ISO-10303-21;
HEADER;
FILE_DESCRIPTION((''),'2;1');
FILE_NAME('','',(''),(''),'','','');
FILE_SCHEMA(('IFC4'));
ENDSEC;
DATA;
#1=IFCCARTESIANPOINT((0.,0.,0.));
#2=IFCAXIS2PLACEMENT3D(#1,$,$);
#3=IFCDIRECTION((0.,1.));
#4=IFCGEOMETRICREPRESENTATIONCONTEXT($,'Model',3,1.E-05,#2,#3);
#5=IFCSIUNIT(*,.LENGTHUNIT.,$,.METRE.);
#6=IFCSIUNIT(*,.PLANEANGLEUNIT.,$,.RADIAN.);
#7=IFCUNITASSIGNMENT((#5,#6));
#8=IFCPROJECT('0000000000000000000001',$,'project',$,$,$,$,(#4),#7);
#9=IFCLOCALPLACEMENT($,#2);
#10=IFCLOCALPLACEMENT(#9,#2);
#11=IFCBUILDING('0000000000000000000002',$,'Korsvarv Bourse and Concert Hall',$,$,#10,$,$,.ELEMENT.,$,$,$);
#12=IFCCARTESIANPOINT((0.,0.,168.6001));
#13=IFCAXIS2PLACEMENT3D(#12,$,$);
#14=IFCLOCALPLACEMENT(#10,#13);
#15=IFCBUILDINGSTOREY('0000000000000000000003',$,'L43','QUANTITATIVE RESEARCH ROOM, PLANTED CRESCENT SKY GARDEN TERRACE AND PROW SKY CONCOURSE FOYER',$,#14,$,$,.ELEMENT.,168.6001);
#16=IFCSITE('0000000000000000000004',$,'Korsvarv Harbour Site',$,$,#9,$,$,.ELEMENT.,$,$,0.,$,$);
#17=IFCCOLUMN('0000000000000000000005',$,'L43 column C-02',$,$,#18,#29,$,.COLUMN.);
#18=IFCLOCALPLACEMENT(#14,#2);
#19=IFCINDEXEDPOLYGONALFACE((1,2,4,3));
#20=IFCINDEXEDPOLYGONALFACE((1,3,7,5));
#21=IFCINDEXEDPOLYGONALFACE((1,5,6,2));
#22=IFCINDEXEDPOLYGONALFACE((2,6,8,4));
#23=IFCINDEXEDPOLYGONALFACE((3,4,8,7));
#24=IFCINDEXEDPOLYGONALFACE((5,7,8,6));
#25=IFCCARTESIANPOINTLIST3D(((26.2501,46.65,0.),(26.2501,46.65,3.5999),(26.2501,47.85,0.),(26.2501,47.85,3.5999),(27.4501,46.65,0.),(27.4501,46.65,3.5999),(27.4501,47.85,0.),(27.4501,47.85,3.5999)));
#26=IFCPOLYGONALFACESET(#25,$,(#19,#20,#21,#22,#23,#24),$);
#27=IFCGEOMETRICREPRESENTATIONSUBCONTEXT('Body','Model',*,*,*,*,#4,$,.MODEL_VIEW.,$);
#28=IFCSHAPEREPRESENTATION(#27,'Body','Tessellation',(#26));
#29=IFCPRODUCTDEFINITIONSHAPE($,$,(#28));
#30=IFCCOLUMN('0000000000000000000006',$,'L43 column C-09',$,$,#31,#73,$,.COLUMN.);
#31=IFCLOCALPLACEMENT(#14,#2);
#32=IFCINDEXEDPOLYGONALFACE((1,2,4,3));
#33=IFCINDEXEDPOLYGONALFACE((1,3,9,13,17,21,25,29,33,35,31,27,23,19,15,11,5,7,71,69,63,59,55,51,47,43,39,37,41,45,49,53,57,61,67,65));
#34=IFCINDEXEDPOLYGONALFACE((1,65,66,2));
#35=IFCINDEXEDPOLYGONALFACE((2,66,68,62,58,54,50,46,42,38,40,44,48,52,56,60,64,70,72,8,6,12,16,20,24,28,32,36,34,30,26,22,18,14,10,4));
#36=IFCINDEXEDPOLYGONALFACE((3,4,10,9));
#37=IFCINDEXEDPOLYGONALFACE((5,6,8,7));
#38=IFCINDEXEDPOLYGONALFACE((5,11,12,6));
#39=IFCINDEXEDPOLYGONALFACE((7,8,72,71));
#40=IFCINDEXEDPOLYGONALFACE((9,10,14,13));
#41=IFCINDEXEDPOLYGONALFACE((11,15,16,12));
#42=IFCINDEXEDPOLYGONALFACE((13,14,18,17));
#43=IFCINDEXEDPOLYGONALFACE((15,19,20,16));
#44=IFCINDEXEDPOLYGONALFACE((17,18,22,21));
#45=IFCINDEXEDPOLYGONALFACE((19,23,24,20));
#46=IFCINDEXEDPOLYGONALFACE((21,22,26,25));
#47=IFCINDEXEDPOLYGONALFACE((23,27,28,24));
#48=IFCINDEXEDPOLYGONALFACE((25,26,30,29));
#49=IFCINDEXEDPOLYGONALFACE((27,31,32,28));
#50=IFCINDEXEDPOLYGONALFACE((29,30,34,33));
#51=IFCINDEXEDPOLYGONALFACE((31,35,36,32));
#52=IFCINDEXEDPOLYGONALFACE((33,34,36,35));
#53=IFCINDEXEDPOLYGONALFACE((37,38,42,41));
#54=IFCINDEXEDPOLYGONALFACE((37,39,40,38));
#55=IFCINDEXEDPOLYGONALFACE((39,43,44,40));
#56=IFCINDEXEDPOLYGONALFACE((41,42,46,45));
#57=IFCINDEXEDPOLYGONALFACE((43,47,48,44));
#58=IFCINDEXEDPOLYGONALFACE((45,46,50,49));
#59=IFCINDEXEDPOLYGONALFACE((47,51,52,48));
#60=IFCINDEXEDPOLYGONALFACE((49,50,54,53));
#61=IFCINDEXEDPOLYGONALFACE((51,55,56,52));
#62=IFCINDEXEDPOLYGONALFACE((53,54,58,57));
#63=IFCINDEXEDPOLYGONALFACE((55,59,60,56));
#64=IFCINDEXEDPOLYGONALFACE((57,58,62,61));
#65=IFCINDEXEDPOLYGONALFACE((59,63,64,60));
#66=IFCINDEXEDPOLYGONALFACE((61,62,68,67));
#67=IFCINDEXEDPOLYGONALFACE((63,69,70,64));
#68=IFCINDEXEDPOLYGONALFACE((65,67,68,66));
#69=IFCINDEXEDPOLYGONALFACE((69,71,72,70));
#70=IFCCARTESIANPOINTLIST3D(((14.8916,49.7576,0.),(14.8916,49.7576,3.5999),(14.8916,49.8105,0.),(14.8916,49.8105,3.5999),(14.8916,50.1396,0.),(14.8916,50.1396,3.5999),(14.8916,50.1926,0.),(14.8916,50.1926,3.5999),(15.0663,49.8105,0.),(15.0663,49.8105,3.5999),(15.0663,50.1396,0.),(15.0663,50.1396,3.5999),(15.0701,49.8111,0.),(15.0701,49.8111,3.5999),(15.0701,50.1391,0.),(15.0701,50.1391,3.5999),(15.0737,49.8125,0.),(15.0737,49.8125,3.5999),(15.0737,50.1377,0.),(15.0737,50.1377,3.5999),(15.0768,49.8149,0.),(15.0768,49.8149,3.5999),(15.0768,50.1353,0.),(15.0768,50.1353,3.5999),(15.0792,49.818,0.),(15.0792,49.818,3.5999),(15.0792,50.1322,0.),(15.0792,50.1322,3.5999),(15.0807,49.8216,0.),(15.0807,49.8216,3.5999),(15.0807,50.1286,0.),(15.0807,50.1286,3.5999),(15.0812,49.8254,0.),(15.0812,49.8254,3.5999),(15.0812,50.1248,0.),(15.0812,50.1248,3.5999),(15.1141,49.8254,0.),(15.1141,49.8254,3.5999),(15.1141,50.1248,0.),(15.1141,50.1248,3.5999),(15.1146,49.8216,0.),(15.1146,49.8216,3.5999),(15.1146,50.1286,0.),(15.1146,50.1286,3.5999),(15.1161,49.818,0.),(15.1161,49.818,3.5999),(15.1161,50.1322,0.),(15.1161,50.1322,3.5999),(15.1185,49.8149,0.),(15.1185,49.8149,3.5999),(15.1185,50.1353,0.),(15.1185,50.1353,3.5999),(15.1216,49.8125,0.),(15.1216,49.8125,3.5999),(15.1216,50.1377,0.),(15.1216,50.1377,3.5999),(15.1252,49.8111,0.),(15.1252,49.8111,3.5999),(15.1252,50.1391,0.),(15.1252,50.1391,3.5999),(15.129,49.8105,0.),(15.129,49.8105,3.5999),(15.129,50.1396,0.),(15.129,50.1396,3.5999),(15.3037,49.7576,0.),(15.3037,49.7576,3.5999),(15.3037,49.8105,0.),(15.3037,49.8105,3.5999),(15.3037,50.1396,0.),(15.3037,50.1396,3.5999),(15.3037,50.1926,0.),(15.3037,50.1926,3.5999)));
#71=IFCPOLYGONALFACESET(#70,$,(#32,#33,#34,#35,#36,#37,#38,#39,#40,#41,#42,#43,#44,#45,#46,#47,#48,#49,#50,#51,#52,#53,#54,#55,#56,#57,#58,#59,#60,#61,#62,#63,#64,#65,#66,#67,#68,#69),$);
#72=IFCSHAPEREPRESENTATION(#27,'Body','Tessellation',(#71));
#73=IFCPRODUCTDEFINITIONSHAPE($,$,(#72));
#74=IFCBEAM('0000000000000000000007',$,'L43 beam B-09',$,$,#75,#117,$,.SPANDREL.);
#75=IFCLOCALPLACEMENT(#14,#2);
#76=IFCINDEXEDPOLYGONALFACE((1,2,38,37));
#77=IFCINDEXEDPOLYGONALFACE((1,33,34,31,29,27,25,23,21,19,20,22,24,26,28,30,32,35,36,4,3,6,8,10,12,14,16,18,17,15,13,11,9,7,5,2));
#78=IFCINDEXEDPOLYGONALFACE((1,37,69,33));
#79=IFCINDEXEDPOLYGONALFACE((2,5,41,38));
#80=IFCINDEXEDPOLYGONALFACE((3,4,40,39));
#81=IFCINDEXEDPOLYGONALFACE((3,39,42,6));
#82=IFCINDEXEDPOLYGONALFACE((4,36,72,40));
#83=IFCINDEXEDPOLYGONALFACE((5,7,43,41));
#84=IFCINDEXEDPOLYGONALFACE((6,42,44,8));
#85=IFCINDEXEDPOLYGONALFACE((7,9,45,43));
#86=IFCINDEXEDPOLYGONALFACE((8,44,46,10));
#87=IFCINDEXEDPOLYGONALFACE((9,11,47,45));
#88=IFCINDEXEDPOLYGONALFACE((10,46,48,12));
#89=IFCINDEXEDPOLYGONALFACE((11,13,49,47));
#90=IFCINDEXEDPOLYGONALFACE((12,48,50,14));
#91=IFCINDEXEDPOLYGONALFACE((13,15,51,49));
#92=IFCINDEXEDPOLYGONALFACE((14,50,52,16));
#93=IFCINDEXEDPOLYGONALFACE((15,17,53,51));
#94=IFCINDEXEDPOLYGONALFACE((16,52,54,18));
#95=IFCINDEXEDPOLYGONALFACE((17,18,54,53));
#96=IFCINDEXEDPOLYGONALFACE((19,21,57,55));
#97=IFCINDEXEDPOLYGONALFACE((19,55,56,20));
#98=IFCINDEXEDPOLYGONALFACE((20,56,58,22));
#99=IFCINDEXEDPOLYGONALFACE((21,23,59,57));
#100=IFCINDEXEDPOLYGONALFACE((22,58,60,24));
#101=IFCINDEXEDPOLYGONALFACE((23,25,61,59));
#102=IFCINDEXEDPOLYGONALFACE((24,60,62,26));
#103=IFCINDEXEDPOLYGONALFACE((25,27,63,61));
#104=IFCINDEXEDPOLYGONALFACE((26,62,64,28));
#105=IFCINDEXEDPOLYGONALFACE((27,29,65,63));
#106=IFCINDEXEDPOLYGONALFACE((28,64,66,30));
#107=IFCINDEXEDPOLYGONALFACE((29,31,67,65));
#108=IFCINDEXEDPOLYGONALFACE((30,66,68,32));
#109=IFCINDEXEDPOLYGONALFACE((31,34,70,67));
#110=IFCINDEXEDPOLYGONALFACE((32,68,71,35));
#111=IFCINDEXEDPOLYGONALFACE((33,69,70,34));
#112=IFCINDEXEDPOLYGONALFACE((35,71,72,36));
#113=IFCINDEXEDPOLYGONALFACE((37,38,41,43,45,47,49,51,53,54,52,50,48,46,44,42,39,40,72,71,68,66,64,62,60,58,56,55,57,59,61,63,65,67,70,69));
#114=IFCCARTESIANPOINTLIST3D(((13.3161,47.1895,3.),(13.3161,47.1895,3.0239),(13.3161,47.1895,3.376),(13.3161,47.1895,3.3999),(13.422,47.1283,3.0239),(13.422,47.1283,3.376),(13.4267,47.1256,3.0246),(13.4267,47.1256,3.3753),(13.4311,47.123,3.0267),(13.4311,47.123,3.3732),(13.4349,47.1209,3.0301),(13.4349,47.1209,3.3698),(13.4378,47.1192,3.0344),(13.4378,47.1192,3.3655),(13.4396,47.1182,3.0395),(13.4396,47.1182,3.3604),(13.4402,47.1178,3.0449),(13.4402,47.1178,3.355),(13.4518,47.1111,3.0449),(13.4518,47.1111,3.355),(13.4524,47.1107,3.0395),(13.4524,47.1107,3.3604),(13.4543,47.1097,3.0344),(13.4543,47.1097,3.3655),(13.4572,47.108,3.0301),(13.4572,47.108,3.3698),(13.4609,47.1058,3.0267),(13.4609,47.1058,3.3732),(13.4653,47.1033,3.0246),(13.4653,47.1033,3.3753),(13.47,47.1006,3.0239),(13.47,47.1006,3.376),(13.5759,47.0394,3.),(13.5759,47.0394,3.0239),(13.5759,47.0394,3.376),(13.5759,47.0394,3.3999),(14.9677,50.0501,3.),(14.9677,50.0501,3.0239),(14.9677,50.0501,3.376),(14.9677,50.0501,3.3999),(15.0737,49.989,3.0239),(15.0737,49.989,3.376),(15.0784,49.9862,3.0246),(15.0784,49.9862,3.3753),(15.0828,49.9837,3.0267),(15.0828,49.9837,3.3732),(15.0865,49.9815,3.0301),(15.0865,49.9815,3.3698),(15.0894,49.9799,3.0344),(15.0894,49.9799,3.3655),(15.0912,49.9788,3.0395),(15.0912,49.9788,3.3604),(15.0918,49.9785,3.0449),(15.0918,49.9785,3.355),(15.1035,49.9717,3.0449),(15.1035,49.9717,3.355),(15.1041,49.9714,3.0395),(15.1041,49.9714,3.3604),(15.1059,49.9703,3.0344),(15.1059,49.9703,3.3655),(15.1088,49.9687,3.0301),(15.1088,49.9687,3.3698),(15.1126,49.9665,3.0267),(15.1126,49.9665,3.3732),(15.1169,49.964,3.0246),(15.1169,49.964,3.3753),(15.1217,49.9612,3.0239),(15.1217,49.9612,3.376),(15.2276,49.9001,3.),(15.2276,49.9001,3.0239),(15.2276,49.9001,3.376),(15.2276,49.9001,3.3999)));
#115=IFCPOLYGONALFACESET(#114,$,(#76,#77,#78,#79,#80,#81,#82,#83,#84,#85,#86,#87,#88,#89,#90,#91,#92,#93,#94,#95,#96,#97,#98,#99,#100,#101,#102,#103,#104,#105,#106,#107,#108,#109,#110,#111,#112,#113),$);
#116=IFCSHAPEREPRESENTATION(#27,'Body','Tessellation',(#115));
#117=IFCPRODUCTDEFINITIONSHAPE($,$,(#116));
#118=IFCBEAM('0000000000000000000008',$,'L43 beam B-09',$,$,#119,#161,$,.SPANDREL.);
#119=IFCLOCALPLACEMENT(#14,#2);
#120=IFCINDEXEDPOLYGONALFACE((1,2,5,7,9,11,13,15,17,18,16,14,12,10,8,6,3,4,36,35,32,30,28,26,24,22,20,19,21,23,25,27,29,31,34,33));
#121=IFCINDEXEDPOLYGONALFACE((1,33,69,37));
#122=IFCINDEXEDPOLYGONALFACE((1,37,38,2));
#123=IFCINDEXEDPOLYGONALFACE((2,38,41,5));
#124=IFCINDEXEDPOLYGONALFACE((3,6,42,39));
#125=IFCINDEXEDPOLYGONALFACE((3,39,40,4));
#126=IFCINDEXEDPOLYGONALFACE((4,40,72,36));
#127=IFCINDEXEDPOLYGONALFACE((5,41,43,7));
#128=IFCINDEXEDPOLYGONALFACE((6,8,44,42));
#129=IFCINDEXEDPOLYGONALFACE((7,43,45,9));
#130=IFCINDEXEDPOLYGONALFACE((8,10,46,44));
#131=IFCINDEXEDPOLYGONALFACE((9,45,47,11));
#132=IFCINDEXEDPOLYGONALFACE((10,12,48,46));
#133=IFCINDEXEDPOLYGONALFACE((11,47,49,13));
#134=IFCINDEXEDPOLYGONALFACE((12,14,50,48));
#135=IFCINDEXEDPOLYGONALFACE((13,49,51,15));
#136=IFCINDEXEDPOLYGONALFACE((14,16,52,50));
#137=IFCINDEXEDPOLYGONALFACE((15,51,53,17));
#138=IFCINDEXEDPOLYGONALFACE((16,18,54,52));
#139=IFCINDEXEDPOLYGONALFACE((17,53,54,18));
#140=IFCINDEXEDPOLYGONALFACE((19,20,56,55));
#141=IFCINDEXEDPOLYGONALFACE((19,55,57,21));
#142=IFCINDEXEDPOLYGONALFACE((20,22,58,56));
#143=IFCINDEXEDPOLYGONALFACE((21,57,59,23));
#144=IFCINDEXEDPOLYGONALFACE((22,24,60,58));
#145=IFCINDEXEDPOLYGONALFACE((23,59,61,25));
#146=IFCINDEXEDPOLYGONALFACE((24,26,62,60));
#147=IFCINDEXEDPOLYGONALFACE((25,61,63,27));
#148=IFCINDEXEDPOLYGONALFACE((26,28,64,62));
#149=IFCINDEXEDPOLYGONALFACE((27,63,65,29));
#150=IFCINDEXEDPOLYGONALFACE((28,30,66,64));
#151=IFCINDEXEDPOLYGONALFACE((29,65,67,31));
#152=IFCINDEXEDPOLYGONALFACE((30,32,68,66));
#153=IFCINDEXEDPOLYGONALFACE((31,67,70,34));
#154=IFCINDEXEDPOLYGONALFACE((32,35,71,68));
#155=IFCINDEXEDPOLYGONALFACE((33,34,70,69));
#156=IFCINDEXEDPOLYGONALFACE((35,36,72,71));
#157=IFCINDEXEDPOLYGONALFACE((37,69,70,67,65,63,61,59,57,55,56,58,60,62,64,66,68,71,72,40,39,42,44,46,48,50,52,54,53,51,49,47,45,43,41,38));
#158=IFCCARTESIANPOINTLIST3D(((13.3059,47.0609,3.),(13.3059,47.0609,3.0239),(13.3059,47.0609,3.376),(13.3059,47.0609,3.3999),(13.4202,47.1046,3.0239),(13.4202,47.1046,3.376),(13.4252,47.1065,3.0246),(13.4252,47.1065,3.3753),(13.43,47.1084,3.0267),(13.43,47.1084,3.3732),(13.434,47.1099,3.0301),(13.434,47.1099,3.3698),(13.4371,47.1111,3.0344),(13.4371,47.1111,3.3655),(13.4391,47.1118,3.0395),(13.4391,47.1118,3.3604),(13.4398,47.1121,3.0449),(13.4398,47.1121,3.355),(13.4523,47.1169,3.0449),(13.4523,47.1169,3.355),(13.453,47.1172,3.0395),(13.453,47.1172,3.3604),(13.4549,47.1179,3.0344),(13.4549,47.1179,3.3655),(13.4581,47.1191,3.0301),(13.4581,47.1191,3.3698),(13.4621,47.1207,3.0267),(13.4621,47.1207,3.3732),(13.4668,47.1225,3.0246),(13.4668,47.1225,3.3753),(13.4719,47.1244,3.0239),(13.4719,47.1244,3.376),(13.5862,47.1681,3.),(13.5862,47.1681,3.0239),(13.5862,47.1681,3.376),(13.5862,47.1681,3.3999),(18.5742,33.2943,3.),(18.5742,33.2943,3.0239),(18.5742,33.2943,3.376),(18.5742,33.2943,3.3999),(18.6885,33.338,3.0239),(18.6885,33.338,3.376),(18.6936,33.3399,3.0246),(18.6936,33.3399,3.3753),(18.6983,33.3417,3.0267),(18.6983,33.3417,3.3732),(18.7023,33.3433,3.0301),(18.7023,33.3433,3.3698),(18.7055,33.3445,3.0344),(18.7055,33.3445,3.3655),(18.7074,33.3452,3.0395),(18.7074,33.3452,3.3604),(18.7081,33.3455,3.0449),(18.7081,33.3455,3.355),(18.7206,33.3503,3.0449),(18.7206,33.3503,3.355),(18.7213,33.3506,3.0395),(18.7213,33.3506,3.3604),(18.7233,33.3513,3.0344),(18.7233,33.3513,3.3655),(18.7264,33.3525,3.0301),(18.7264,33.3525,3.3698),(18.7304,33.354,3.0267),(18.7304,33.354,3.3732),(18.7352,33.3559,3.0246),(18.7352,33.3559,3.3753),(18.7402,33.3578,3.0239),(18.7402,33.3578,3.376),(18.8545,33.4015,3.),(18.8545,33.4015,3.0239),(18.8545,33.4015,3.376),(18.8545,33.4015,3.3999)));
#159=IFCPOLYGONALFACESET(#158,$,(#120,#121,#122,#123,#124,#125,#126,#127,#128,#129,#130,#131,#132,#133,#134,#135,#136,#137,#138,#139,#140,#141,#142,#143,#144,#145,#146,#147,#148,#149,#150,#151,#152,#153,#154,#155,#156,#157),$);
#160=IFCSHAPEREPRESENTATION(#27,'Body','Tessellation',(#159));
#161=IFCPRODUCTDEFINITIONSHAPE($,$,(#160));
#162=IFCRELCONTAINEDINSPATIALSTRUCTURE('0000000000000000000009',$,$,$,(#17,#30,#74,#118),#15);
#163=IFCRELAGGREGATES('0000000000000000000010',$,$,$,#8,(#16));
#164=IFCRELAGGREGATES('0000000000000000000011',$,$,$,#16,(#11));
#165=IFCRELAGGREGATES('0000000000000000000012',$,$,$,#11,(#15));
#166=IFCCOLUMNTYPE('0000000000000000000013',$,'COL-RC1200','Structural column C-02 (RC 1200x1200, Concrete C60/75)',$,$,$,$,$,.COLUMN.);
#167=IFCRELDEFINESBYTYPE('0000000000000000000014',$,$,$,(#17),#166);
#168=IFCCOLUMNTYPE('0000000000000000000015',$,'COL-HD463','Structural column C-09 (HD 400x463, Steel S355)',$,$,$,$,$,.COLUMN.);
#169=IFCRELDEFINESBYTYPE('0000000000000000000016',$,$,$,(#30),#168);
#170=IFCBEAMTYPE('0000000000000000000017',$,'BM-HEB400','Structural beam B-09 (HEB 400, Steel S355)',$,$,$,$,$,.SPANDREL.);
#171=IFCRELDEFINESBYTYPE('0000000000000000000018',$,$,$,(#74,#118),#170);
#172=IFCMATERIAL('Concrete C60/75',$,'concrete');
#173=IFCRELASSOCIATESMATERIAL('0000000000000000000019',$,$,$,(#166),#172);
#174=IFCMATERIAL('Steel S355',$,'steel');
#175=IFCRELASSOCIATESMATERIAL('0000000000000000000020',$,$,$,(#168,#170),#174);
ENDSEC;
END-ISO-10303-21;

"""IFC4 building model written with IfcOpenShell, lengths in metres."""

from ifc_helpers import new_model, si_unit, direction, frame, origin, origin_2d, place, context, subcontext, project, spatial, rectangle, i_section, extrude, source, transform, mapped, material, material_profile, profile_set, type_object, element, save


model = new_model("IFC4")

# Units and contexts
model_context = context("Model", 3, precision=1e-05, world=origin(), true_north=direction((0.0, 1.0)))
body_context = subcontext(model_context, "Body", "Model", "MODEL_VIEW")
ifc_project = project(units=[si_unit("LENGTHUNIT", "METRE"), si_unit("PLANEANGLEUNIT", "RADIAN")], contexts=[model_context])

# Site, building, storey
site_placement = place(None, origin())
site = spatial("IfcSite", under=ifc_project, at=site_placement, Name="Korsvarv Harbour Site", CompositionType="ELEMENT", RefElevation=0.0)
building_placement = place(site_placement, origin())
building = spatial("IfcBuilding", under=site, at=building_placement, Name="Korsvarv Bourse and Concert Hall", CompositionType="ELEMENT")
storey_placement = place(building_placement, frame((0.0, 0.0, 168.6001)))
storey = spatial("IfcBuildingStorey", under=building, at=storey_placement, Name="L43", Description="QUANTITATIVE RESEARCH ROOM, PLANTED CRESCENT SKY GARDEN TERRACE AND PROW SKY CONCOURSE FOYER", CompositionType="ELEMENT", Elevation=168.6001)

# Columns
ifc_material_1 = material(Name="Concrete C60/75", Category="concrete")
ifc_material_profile_1 = material_profile(ifc_material_1, rectangle(XDim=1.2, YDim=1.2, at=origin_2d()), Name="RC 1200x1200")
ifc_profile_set_1 = profile_set([ifc_material_profile_1], Name="Concrete C60/75")
column_type_1 = type_object("IfcColumnType", Name="COL-RC1200", Description="Structural column C-02 (RC 1200x1200, Concrete C60/75)", PredefinedType="COLUMN", material=ifc_profile_set_1)
shared_shape_1 = source(origin(), body_context, "Body", "SweptSolid", [
    extrude(rectangle(XDim=1.2, YDim=1.2, at=origin_2d()), origin(), (0.0, 0.0, 1.0), 3.5999),
])
column_1_placement = place(storey_placement, frame((26.8501, 47.25, 0.0), z_axis=(0.0, 0.0, 1.0), x_axis=(1.0, 0.0, 0.0)))
element("IfcColumn", 1, at=column_1_placement, inside=storey, type_object=column_type_1, Name="L43 column C-02", PredefinedType="COLUMN", context=body_context, shape_type="MappedRepresentation", body=[
    mapped(shared_shape_1, transform((0.0, 0.0, 0.0), scale=1.0)),
])
ifc_material_2 = material(Name="Steel S355", Category="steel")
ifc_material_profile_2 = material_profile(ifc_material_2, i_section(OverallWidth=0.4121, OverallDepth=0.4351, WebThickness=0.033, FlangeThickness=0.053, FilletRadius=0.0149, at=origin_2d()), Name="HD 400x463")
ifc_profile_set_2 = profile_set([ifc_material_profile_2], Name="Steel S355")
column_type_2 = type_object("IfcColumnType", Name="COL-HD463", Description="Structural column C-09 (HD 400x463, Steel S355)", PredefinedType="COLUMN", material=ifc_profile_set_2)
shared_shape_2 = source(origin(), body_context, "Body", "SweptSolid", [
    extrude(i_section(OverallWidth=0.4121, OverallDepth=0.4351, WebThickness=0.033, FlangeThickness=0.053, FilletRadius=0.0149, at=origin_2d()), origin(), (0.0, 0.0, 1.0), 3.5999),
])
column_2_placement = place(storey_placement, frame((15.0977, 49.9751, 0.0), z_axis=(0.0, 0.0, 1.0), x_axis=(1.0, 0.0, 0.0)))
element("IfcColumn", 2, at=column_2_placement, inside=storey, type_object=column_type_2, Name="L43 column C-09", PredefinedType="COLUMN", context=body_context, shape_type="MappedRepresentation", body=[
    mapped(shared_shape_2, transform((0.0, 0.0, 0.0), scale=1.0)),
])

# Beams
ifc_material_profile_3 = material_profile(ifc_material_2, i_section(OverallWidth=0.3, OverallDepth=0.3999, WebThickness=0.0134, FlangeThickness=0.0239, FilletRadius=0.021, at=origin_2d()), Name="HEB 400")
ifc_profile_set_3 = profile_set([ifc_material_profile_3], Name="Steel S355")
beam_type_1 = type_object("IfcBeamType", Name="BM-HEB400", Description="Structural beam B-09 (HEB 400, Steel S355)", PredefinedType="SPANDREL", material=ifc_profile_set_3)
shared_shape_3 = source(origin(), body_context, "Body", "SweptSolid", [
    extrude(i_section(OverallWidth=0.3, OverallDepth=0.3999, WebThickness=0.0134, FlangeThickness=0.0239, FilletRadius=0.021, at=origin_2d()), origin(), (0.0, 0.0, 1.0), 3.3032),
])
beam_1_placement = place(storey_placement, frame((15.0977, 49.9751, 3.2), z_axis=(-0.50001, -0.866019, 0.0), x_axis=(0.866019, -0.50001, 0.0)))
element("IfcBeam", 3, at=beam_1_placement, inside=storey, type_object=beam_type_1, Name="L43 beam B-09", PredefinedType="SPANDREL", context=body_context, shape_type="MappedRepresentation", body=[
    mapped(shared_shape_3, transform((0.0, 0.0, 0.0), scale=1.0)),
])
shared_shape_4 = source(origin(), body_context, "Body", "SweptSolid", [
    extrude(i_section(OverallWidth=0.3, OverallDepth=0.3999, WebThickness=0.0134, FlangeThickness=0.0239, FilletRadius=0.021, at=origin_2d()), origin(), (0.0, 0.0, 1.0), 14.7402),
])
beam_2_placement = place(storey_placement, frame((13.446, 47.1145, 3.2), z_axis=(0.35741, -0.933947, 0.0), x_axis=(0.933947, 0.35741, 0.0)))
element("IfcBeam", 4, at=beam_2_placement, inside=storey, type_object=beam_type_1, Name="L43 beam B-09", PredefinedType="SPANDREL", context=body_context, shape_type="MappedRepresentation", body=[
    mapped(shared_shape_4, transform((0.0, 0.0, 0.0), scale=1.0)),
])

save(model, "model.ifc")
